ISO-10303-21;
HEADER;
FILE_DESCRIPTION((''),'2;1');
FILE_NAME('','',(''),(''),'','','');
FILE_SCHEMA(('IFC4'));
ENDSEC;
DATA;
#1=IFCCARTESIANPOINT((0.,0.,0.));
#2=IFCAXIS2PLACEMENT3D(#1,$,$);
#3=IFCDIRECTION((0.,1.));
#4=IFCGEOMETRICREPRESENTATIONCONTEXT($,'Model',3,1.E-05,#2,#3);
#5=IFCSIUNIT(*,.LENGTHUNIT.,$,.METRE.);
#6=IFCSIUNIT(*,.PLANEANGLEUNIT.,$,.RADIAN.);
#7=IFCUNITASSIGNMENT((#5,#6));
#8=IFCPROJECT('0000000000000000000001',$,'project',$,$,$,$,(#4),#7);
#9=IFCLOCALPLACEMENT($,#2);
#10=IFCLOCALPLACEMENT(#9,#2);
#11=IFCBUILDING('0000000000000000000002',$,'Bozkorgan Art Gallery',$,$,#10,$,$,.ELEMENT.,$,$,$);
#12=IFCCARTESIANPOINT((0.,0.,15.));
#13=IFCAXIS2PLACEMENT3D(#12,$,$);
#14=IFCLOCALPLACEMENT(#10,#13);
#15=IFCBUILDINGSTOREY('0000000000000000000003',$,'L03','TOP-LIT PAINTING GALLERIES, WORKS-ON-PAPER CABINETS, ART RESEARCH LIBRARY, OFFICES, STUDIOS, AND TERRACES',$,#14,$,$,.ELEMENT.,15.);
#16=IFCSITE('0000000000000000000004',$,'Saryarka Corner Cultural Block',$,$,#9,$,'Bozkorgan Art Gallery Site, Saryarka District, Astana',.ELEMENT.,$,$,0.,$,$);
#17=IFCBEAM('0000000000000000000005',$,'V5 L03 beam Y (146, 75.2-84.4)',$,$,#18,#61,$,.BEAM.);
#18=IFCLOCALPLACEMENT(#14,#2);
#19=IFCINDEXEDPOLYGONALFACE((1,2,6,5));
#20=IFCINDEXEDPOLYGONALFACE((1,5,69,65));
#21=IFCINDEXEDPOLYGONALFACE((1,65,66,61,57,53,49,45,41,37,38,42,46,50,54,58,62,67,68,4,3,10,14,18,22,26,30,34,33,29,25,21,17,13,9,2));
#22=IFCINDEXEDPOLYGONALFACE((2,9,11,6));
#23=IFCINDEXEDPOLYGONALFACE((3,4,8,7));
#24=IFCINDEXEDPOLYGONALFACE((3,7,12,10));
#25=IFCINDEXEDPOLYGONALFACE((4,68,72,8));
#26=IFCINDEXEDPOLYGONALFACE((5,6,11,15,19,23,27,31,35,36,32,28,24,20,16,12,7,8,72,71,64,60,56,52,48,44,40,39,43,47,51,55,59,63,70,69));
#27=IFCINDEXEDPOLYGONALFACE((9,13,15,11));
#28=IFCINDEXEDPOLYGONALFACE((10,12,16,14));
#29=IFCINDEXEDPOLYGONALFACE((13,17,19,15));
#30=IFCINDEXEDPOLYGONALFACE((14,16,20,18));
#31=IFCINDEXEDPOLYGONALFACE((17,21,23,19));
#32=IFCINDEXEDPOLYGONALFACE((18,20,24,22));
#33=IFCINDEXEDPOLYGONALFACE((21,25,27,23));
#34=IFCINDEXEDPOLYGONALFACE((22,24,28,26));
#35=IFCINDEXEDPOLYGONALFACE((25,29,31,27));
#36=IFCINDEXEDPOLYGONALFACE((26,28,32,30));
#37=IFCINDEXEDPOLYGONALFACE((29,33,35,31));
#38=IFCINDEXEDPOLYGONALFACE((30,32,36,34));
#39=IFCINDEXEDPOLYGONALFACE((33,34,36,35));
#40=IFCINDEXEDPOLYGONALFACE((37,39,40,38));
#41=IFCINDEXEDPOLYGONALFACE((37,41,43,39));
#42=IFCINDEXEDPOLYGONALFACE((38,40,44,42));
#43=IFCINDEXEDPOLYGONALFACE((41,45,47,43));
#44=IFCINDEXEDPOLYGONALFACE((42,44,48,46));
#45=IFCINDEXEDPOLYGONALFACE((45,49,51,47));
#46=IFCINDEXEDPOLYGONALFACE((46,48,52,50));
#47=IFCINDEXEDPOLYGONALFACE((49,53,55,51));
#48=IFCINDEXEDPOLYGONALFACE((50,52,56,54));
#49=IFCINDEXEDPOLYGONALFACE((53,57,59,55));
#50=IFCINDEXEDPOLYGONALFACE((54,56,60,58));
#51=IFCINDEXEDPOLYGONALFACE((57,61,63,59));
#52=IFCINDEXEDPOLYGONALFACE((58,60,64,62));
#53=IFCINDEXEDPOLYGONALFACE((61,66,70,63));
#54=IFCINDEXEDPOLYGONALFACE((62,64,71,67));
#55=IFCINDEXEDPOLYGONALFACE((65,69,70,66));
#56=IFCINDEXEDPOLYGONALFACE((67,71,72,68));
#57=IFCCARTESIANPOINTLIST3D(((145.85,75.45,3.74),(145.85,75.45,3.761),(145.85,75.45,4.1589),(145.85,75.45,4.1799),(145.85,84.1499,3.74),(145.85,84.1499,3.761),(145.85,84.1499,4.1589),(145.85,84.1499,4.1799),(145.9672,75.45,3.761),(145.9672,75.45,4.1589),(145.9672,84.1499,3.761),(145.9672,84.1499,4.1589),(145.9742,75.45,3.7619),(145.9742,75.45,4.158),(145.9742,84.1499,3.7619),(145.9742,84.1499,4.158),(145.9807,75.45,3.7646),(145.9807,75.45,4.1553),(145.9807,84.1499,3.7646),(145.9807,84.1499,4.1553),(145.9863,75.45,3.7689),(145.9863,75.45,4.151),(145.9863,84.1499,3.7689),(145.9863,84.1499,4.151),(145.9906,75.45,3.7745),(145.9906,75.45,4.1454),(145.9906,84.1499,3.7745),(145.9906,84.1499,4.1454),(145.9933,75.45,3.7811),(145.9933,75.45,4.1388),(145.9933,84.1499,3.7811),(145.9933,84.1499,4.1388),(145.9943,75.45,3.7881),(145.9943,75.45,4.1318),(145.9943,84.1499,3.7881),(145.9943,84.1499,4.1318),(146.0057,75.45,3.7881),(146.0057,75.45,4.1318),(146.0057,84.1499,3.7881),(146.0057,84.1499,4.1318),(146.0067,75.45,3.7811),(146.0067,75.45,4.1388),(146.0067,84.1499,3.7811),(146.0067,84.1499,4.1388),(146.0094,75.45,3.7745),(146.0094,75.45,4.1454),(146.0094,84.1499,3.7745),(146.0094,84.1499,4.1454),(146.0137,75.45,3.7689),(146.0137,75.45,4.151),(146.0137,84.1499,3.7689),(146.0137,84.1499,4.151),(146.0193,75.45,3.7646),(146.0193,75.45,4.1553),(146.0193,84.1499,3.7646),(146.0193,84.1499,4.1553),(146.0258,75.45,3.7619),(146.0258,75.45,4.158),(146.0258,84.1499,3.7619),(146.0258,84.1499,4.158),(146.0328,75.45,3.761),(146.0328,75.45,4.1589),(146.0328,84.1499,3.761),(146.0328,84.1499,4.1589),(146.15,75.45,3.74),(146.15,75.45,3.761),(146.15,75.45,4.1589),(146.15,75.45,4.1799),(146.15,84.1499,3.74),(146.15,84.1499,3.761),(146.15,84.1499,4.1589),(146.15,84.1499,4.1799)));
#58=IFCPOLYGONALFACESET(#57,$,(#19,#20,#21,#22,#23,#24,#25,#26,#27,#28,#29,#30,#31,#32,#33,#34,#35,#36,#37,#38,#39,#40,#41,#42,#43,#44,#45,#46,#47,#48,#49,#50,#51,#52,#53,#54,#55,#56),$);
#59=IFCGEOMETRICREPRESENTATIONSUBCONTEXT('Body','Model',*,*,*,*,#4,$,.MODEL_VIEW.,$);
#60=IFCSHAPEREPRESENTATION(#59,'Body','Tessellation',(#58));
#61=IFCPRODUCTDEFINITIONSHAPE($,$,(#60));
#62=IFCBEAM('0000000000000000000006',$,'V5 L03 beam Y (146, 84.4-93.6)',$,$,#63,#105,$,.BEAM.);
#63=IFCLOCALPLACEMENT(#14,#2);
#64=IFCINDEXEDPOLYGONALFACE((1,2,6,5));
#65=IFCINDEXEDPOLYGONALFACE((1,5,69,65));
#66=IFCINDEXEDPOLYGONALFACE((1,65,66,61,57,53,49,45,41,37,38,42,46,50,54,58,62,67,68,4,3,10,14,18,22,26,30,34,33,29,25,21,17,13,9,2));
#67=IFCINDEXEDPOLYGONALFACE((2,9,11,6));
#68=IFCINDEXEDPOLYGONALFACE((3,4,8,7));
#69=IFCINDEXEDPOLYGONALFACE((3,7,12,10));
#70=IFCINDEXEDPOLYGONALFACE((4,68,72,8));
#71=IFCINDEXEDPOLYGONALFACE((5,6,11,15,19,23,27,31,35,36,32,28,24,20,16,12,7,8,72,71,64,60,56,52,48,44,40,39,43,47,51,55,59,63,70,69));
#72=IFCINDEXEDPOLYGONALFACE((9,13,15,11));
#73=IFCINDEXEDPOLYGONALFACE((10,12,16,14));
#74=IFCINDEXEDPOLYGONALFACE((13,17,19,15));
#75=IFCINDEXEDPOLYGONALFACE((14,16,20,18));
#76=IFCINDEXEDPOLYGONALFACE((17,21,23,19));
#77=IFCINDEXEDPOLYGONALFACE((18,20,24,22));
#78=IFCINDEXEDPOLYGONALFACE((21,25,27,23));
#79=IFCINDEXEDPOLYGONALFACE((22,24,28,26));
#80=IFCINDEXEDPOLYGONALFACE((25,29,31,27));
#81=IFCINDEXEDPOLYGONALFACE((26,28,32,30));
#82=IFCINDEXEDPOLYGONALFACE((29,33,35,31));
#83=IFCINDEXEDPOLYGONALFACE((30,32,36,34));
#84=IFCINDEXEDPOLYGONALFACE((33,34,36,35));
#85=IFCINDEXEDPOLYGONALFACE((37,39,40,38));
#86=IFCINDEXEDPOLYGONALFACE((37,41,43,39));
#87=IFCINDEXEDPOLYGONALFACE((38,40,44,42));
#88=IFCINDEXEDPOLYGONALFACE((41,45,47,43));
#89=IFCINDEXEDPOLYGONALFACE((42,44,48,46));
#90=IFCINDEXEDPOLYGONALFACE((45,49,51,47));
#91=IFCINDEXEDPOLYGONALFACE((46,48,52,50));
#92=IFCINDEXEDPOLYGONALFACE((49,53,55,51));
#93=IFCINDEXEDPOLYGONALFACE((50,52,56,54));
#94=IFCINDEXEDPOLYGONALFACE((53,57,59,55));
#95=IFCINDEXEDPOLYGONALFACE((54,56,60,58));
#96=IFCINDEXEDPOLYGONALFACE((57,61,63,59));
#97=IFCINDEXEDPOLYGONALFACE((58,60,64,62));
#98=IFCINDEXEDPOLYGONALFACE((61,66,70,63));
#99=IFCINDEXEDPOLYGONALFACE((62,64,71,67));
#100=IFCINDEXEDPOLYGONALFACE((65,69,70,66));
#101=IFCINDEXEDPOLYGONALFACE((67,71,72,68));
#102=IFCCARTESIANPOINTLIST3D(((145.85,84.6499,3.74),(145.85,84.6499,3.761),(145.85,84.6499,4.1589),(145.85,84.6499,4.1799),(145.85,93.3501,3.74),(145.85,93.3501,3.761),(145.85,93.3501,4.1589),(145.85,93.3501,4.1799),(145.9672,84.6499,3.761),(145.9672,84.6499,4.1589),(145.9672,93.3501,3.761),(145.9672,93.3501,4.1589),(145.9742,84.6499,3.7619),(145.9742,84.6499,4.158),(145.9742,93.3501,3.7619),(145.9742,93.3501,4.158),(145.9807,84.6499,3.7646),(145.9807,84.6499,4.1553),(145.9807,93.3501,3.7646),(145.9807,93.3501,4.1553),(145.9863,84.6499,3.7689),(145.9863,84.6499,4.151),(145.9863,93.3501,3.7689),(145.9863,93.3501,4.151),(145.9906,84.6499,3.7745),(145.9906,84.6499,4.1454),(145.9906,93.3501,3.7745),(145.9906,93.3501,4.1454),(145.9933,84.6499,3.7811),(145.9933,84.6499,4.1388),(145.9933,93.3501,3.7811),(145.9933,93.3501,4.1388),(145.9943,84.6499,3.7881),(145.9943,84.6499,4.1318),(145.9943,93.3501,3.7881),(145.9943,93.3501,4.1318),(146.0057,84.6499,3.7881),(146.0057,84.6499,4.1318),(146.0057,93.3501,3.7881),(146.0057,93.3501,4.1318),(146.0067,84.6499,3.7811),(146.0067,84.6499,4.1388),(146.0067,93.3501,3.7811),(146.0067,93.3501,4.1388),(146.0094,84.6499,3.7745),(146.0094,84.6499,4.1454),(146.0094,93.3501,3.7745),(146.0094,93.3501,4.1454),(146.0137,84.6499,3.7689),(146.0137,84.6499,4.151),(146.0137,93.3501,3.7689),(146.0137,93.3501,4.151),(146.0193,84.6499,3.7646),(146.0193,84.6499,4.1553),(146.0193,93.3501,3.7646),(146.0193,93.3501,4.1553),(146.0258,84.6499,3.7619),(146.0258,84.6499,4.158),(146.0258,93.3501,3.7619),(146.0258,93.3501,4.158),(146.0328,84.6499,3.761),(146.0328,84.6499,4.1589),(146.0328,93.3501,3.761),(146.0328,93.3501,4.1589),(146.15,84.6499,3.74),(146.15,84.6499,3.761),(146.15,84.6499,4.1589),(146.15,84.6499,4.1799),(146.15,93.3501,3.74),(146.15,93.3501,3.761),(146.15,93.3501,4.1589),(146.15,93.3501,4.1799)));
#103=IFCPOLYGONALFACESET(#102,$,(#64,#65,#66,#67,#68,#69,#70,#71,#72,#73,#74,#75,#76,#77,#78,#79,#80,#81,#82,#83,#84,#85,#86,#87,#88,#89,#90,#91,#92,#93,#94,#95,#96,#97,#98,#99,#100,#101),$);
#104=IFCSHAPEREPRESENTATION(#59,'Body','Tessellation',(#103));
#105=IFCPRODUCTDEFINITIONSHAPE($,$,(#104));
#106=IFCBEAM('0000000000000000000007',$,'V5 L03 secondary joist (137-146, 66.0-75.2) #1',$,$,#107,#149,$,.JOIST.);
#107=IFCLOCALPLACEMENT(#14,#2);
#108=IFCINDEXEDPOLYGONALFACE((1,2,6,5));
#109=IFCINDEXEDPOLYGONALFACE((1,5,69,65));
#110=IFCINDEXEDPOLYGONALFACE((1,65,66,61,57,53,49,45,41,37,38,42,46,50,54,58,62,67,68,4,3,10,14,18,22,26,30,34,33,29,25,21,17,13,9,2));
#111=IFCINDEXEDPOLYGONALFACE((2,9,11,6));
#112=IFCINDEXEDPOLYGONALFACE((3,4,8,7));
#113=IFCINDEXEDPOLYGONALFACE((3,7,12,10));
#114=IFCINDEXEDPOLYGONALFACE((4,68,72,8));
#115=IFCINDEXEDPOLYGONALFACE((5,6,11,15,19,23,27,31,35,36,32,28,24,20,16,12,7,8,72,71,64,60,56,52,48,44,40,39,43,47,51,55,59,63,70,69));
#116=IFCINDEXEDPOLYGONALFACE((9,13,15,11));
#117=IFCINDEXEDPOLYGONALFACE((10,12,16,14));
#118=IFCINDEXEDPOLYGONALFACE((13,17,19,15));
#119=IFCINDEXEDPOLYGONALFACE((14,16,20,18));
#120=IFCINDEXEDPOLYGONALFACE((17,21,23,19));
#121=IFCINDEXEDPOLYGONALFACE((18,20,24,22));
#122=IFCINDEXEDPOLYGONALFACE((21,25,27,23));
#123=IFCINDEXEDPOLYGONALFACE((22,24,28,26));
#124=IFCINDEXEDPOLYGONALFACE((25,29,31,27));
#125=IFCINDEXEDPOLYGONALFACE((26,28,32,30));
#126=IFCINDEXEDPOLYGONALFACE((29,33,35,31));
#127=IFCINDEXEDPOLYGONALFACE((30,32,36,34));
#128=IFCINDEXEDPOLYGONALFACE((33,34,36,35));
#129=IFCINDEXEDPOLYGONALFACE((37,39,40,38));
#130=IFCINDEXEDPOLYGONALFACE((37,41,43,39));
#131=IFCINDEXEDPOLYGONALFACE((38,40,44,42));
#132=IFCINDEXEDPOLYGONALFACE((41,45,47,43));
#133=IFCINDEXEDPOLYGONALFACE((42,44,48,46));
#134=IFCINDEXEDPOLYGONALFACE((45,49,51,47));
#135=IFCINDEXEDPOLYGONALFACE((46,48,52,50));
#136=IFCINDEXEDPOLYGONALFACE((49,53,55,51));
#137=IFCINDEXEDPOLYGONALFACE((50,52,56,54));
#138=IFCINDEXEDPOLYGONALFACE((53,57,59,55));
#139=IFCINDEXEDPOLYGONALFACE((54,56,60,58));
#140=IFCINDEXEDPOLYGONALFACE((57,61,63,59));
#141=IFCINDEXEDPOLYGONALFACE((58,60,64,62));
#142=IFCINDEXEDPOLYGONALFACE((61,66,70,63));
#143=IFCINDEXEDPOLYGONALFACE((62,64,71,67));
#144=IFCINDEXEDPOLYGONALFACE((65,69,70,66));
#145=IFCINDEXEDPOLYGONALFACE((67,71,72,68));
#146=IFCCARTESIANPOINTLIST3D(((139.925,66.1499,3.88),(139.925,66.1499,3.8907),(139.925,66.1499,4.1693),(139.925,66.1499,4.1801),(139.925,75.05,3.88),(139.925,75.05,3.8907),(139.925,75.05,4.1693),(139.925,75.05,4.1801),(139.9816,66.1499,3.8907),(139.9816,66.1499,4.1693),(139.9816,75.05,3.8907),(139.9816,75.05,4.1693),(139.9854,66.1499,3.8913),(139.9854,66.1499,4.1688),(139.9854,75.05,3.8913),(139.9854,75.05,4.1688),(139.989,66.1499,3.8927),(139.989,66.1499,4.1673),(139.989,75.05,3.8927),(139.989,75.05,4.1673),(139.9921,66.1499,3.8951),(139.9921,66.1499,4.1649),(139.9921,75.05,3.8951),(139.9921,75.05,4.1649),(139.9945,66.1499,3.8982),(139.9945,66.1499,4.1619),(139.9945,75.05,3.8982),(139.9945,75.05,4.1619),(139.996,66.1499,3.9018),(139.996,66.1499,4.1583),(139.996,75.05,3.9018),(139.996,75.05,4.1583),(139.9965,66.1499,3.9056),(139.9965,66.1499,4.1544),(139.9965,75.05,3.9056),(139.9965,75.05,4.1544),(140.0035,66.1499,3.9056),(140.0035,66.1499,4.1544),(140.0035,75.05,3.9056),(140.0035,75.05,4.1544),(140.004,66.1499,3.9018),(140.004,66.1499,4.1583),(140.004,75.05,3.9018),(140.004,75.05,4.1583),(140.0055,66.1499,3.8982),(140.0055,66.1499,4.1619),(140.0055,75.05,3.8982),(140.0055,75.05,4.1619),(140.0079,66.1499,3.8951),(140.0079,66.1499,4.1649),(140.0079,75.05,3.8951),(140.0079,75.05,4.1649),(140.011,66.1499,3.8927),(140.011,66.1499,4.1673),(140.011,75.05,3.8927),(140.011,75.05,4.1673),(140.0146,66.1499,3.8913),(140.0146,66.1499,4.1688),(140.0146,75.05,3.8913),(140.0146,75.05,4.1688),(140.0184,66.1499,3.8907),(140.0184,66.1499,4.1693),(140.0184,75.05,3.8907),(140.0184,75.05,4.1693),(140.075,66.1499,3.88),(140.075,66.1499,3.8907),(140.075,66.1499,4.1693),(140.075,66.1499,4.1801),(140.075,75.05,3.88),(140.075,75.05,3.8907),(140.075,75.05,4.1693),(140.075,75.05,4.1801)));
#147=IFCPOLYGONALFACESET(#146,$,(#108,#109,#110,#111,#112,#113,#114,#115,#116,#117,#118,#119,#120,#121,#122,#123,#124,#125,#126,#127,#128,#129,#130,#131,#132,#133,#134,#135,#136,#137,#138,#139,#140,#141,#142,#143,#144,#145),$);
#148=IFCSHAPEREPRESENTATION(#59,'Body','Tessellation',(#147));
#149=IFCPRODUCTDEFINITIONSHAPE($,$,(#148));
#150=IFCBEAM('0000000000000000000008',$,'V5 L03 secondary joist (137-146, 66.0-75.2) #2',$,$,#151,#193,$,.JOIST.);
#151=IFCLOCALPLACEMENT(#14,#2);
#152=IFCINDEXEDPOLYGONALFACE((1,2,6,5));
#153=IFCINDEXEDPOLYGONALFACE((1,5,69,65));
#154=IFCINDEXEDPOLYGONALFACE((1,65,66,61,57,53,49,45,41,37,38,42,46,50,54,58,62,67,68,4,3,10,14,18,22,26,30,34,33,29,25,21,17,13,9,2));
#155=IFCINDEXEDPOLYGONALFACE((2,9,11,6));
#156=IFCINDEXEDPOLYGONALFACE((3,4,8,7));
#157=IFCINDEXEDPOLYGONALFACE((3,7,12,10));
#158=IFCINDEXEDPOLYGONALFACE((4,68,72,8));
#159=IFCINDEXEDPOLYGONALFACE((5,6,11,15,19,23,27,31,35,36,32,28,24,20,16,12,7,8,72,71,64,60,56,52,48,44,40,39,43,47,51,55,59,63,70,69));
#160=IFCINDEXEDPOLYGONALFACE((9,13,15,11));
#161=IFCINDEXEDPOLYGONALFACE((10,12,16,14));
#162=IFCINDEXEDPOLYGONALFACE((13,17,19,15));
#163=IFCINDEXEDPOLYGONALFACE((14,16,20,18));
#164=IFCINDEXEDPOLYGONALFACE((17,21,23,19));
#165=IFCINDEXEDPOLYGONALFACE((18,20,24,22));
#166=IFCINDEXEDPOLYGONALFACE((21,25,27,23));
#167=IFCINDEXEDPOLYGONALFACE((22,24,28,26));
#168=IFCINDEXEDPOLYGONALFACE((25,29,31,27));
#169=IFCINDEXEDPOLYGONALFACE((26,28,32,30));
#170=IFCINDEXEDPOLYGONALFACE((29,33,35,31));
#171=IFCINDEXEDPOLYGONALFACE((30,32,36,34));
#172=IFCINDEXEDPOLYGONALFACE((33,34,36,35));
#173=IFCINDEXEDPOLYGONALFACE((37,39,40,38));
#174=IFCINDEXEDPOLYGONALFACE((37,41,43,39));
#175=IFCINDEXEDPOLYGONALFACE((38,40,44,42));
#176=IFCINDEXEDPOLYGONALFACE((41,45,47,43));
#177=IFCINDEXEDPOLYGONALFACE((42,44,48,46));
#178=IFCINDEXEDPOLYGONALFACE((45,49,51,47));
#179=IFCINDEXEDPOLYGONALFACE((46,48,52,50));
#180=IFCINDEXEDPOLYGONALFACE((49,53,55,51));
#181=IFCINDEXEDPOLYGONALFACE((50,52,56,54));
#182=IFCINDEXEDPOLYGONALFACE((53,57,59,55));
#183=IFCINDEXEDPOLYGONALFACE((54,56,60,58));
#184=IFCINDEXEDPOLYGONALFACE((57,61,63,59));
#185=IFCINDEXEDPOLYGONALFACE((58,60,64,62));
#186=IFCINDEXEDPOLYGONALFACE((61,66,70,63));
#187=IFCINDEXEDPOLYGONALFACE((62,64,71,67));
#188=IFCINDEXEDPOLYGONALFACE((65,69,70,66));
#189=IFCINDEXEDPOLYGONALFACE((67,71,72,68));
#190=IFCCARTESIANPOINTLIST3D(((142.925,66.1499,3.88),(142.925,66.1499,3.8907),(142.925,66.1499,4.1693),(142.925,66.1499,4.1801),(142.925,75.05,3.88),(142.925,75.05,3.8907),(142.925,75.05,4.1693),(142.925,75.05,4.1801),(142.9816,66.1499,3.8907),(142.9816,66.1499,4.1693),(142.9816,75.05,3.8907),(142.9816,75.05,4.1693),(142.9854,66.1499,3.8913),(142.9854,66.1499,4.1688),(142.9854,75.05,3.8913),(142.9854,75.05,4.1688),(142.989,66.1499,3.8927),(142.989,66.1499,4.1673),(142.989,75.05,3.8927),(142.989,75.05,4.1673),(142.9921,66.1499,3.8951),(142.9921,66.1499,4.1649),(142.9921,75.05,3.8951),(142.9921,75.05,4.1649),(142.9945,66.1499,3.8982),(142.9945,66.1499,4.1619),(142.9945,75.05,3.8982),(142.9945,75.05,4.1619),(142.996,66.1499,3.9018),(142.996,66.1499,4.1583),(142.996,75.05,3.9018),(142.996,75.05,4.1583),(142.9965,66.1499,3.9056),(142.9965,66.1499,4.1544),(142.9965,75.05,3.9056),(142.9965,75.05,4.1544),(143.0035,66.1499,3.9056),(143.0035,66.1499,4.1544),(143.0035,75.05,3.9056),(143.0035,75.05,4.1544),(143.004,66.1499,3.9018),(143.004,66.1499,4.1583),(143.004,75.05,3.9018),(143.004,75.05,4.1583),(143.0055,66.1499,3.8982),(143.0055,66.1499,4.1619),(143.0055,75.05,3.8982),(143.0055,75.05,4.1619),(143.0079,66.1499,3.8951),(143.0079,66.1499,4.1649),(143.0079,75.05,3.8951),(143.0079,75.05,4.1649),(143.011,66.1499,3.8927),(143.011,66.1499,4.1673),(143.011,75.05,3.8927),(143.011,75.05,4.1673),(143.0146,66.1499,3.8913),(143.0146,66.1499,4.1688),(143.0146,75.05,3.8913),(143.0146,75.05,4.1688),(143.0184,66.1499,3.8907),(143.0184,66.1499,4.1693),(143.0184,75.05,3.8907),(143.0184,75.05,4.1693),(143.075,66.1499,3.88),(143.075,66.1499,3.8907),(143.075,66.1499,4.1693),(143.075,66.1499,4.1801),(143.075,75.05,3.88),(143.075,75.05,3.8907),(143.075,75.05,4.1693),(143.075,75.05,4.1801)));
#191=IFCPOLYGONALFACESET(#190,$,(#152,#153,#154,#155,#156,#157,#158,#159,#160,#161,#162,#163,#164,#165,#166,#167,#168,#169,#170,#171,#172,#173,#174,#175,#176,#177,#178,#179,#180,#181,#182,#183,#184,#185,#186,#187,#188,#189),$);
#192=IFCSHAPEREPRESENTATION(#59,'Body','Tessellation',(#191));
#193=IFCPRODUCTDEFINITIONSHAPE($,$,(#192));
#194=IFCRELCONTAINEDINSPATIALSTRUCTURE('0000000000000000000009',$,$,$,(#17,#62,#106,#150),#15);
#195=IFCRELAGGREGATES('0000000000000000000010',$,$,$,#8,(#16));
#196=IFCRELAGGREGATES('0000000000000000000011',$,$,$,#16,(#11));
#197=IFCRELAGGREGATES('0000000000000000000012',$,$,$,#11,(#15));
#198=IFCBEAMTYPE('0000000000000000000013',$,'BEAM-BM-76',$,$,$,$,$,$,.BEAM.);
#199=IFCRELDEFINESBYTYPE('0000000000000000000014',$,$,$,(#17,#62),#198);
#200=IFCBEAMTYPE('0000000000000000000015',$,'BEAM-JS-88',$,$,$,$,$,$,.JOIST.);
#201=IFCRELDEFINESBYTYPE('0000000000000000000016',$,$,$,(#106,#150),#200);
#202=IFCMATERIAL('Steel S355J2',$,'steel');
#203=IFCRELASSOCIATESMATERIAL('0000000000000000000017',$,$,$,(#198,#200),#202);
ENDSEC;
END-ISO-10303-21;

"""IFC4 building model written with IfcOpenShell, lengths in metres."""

from ifc_helpers import new_model, si_unit, direction, frame, origin, origin_2d, place, context, subcontext, project, spatial, i_section, extrude, material, material_profile, profile_set, type_object, element, save


model = new_model("IFC4")

# Units and contexts
model_context = context("Model", 3, precision=1e-05, world=origin(), true_north=direction((0.0, 1.0)))
body_context = subcontext(model_context, "Body", "Model", "MODEL_VIEW")
ifc_project = project(units=[si_unit("LENGTHUNIT", "METRE"), si_unit("PLANEANGLEUNIT", "RADIAN")], contexts=[model_context])

# Site, building, storey
site_placement = place(None, origin())
site = spatial("IfcSite", under=ifc_project, at=site_placement, Name="Saryarka Corner Cultural Block", LongName="Bozkorgan Art Gallery Site, Saryarka District, Astana", CompositionType="ELEMENT", RefElevation=0.0)
building_placement = place(site_placement, origin())
building = spatial("IfcBuilding", under=site, at=building_placement, Name="Bozkorgan Art Gallery", CompositionType="ELEMENT")
storey_placement = place(building_placement, frame((0.0, 0.0, 15.0)))
storey = spatial("IfcBuildingStorey", under=building, at=storey_placement, Name="L03", Description="TOP-LIT PAINTING GALLERIES, WORKS-ON-PAPER CABINETS, ART RESEARCH LIBRARY, OFFICES, STUDIOS, AND TERRACES", CompositionType="ELEMENT", Elevation=15.0)

# Beams
ifc_material_1 = material(Name="Steel S355J2", Category="steel")
ifc_material_profile_1 = material_profile(ifc_material_1, i_section(OverallWidth=0.3, OverallDepth=0.4399, WebThickness=0.0115, FlangeThickness=0.021, FilletRadius=0.0271, at=origin_2d()), Name="HEA 450")
ifc_profile_set_1 = profile_set([ifc_material_profile_1], Name="Steel S355J2")
beam_type_1 = type_object("IfcBeamType", Name="BEAM-BM-76", PredefinedType="BEAM", material=ifc_profile_set_1)
beam_1_placement = place(storey_placement, frame((146.0, 75.45, 3.96), z_axis=(0.0, 1.0, 0.0), x_axis=(-1.0, 0.0, 0.0)))
element("IfcBeam", 1, at=beam_1_placement, inside=storey, type_object=beam_type_1, Name="V5 L03 beam Y (146, 75.2-84.4)", PredefinedType="BEAM", context=body_context, shape_type="SweptSolid", body=[
    extrude(i_section(OverallWidth=0.3, OverallDepth=0.4399, WebThickness=0.0115, FlangeThickness=0.021, FilletRadius=0.0271, at=origin_2d()), origin(), (0.0, 0.0, 1.0), 8.7),
])
beam_2_placement = place(storey_placement, frame((146.0, 84.6499, 3.96), z_axis=(0.0, 1.0, 0.0), x_axis=(-1.0, 0.0, 0.0)))
element("IfcBeam", 2, at=beam_2_placement, inside=storey, type_object=beam_type_1, Name="V5 L03 beam Y (146, 84.4-93.6)", PredefinedType="BEAM", context=body_context, shape_type="SweptSolid", body=[
    extrude(i_section(OverallWidth=0.3, OverallDepth=0.4399, WebThickness=0.0115, FlangeThickness=0.021, FilletRadius=0.0271, at=origin_2d()), origin(), (0.0, 0.0, 1.0), 8.7002),
])
ifc_material_profile_2 = material_profile(ifc_material_1, i_section(OverallWidth=0.1499, OverallDepth=0.3, WebThickness=0.0071, FlangeThickness=0.0107, FilletRadius=0.0149, at=origin_2d()), Name="IPE 300")
ifc_profile_set_2 = profile_set([ifc_material_profile_2], Name="Steel S355J2")
beam_type_2 = type_object("IfcBeamType", Name="BEAM-JS-88", PredefinedType="JOIST", material=ifc_profile_set_2)
for number, where, z_axis, x_axis, name in (
    (3, (140.0, 66.1499, 4.03), (0.0, 1.0, 0.0), (-1.0, 0.0, 0.0), "V5 L03 secondary joist (137-146, 66.0-75.2) #1"),
    (4, (143.0, 66.1499, 4.03), (0.0, 1.0, 0.0), (-1.0, 0.0, 0.0), "V5 L03 secondary joist (137-146, 66.0-75.2) #2"),
):
    element("IfcBeam", number, at=place(storey_placement, frame(where, z_axis=z_axis, x_axis=x_axis)), inside=storey, type_object=beam_type_2, Name=name, PredefinedType="JOIST", context=body_context, shape_type="SweptSolid", body=[
        extrude(i_section(OverallWidth=0.1499, OverallDepth=0.3, WebThickness=0.0071, FlangeThickness=0.0107, FilletRadius=0.0149, at=origin_2d()), origin(), (0.0, 0.0, 1.0), 8.9001),
    ])

save(model, "model.ifc")
